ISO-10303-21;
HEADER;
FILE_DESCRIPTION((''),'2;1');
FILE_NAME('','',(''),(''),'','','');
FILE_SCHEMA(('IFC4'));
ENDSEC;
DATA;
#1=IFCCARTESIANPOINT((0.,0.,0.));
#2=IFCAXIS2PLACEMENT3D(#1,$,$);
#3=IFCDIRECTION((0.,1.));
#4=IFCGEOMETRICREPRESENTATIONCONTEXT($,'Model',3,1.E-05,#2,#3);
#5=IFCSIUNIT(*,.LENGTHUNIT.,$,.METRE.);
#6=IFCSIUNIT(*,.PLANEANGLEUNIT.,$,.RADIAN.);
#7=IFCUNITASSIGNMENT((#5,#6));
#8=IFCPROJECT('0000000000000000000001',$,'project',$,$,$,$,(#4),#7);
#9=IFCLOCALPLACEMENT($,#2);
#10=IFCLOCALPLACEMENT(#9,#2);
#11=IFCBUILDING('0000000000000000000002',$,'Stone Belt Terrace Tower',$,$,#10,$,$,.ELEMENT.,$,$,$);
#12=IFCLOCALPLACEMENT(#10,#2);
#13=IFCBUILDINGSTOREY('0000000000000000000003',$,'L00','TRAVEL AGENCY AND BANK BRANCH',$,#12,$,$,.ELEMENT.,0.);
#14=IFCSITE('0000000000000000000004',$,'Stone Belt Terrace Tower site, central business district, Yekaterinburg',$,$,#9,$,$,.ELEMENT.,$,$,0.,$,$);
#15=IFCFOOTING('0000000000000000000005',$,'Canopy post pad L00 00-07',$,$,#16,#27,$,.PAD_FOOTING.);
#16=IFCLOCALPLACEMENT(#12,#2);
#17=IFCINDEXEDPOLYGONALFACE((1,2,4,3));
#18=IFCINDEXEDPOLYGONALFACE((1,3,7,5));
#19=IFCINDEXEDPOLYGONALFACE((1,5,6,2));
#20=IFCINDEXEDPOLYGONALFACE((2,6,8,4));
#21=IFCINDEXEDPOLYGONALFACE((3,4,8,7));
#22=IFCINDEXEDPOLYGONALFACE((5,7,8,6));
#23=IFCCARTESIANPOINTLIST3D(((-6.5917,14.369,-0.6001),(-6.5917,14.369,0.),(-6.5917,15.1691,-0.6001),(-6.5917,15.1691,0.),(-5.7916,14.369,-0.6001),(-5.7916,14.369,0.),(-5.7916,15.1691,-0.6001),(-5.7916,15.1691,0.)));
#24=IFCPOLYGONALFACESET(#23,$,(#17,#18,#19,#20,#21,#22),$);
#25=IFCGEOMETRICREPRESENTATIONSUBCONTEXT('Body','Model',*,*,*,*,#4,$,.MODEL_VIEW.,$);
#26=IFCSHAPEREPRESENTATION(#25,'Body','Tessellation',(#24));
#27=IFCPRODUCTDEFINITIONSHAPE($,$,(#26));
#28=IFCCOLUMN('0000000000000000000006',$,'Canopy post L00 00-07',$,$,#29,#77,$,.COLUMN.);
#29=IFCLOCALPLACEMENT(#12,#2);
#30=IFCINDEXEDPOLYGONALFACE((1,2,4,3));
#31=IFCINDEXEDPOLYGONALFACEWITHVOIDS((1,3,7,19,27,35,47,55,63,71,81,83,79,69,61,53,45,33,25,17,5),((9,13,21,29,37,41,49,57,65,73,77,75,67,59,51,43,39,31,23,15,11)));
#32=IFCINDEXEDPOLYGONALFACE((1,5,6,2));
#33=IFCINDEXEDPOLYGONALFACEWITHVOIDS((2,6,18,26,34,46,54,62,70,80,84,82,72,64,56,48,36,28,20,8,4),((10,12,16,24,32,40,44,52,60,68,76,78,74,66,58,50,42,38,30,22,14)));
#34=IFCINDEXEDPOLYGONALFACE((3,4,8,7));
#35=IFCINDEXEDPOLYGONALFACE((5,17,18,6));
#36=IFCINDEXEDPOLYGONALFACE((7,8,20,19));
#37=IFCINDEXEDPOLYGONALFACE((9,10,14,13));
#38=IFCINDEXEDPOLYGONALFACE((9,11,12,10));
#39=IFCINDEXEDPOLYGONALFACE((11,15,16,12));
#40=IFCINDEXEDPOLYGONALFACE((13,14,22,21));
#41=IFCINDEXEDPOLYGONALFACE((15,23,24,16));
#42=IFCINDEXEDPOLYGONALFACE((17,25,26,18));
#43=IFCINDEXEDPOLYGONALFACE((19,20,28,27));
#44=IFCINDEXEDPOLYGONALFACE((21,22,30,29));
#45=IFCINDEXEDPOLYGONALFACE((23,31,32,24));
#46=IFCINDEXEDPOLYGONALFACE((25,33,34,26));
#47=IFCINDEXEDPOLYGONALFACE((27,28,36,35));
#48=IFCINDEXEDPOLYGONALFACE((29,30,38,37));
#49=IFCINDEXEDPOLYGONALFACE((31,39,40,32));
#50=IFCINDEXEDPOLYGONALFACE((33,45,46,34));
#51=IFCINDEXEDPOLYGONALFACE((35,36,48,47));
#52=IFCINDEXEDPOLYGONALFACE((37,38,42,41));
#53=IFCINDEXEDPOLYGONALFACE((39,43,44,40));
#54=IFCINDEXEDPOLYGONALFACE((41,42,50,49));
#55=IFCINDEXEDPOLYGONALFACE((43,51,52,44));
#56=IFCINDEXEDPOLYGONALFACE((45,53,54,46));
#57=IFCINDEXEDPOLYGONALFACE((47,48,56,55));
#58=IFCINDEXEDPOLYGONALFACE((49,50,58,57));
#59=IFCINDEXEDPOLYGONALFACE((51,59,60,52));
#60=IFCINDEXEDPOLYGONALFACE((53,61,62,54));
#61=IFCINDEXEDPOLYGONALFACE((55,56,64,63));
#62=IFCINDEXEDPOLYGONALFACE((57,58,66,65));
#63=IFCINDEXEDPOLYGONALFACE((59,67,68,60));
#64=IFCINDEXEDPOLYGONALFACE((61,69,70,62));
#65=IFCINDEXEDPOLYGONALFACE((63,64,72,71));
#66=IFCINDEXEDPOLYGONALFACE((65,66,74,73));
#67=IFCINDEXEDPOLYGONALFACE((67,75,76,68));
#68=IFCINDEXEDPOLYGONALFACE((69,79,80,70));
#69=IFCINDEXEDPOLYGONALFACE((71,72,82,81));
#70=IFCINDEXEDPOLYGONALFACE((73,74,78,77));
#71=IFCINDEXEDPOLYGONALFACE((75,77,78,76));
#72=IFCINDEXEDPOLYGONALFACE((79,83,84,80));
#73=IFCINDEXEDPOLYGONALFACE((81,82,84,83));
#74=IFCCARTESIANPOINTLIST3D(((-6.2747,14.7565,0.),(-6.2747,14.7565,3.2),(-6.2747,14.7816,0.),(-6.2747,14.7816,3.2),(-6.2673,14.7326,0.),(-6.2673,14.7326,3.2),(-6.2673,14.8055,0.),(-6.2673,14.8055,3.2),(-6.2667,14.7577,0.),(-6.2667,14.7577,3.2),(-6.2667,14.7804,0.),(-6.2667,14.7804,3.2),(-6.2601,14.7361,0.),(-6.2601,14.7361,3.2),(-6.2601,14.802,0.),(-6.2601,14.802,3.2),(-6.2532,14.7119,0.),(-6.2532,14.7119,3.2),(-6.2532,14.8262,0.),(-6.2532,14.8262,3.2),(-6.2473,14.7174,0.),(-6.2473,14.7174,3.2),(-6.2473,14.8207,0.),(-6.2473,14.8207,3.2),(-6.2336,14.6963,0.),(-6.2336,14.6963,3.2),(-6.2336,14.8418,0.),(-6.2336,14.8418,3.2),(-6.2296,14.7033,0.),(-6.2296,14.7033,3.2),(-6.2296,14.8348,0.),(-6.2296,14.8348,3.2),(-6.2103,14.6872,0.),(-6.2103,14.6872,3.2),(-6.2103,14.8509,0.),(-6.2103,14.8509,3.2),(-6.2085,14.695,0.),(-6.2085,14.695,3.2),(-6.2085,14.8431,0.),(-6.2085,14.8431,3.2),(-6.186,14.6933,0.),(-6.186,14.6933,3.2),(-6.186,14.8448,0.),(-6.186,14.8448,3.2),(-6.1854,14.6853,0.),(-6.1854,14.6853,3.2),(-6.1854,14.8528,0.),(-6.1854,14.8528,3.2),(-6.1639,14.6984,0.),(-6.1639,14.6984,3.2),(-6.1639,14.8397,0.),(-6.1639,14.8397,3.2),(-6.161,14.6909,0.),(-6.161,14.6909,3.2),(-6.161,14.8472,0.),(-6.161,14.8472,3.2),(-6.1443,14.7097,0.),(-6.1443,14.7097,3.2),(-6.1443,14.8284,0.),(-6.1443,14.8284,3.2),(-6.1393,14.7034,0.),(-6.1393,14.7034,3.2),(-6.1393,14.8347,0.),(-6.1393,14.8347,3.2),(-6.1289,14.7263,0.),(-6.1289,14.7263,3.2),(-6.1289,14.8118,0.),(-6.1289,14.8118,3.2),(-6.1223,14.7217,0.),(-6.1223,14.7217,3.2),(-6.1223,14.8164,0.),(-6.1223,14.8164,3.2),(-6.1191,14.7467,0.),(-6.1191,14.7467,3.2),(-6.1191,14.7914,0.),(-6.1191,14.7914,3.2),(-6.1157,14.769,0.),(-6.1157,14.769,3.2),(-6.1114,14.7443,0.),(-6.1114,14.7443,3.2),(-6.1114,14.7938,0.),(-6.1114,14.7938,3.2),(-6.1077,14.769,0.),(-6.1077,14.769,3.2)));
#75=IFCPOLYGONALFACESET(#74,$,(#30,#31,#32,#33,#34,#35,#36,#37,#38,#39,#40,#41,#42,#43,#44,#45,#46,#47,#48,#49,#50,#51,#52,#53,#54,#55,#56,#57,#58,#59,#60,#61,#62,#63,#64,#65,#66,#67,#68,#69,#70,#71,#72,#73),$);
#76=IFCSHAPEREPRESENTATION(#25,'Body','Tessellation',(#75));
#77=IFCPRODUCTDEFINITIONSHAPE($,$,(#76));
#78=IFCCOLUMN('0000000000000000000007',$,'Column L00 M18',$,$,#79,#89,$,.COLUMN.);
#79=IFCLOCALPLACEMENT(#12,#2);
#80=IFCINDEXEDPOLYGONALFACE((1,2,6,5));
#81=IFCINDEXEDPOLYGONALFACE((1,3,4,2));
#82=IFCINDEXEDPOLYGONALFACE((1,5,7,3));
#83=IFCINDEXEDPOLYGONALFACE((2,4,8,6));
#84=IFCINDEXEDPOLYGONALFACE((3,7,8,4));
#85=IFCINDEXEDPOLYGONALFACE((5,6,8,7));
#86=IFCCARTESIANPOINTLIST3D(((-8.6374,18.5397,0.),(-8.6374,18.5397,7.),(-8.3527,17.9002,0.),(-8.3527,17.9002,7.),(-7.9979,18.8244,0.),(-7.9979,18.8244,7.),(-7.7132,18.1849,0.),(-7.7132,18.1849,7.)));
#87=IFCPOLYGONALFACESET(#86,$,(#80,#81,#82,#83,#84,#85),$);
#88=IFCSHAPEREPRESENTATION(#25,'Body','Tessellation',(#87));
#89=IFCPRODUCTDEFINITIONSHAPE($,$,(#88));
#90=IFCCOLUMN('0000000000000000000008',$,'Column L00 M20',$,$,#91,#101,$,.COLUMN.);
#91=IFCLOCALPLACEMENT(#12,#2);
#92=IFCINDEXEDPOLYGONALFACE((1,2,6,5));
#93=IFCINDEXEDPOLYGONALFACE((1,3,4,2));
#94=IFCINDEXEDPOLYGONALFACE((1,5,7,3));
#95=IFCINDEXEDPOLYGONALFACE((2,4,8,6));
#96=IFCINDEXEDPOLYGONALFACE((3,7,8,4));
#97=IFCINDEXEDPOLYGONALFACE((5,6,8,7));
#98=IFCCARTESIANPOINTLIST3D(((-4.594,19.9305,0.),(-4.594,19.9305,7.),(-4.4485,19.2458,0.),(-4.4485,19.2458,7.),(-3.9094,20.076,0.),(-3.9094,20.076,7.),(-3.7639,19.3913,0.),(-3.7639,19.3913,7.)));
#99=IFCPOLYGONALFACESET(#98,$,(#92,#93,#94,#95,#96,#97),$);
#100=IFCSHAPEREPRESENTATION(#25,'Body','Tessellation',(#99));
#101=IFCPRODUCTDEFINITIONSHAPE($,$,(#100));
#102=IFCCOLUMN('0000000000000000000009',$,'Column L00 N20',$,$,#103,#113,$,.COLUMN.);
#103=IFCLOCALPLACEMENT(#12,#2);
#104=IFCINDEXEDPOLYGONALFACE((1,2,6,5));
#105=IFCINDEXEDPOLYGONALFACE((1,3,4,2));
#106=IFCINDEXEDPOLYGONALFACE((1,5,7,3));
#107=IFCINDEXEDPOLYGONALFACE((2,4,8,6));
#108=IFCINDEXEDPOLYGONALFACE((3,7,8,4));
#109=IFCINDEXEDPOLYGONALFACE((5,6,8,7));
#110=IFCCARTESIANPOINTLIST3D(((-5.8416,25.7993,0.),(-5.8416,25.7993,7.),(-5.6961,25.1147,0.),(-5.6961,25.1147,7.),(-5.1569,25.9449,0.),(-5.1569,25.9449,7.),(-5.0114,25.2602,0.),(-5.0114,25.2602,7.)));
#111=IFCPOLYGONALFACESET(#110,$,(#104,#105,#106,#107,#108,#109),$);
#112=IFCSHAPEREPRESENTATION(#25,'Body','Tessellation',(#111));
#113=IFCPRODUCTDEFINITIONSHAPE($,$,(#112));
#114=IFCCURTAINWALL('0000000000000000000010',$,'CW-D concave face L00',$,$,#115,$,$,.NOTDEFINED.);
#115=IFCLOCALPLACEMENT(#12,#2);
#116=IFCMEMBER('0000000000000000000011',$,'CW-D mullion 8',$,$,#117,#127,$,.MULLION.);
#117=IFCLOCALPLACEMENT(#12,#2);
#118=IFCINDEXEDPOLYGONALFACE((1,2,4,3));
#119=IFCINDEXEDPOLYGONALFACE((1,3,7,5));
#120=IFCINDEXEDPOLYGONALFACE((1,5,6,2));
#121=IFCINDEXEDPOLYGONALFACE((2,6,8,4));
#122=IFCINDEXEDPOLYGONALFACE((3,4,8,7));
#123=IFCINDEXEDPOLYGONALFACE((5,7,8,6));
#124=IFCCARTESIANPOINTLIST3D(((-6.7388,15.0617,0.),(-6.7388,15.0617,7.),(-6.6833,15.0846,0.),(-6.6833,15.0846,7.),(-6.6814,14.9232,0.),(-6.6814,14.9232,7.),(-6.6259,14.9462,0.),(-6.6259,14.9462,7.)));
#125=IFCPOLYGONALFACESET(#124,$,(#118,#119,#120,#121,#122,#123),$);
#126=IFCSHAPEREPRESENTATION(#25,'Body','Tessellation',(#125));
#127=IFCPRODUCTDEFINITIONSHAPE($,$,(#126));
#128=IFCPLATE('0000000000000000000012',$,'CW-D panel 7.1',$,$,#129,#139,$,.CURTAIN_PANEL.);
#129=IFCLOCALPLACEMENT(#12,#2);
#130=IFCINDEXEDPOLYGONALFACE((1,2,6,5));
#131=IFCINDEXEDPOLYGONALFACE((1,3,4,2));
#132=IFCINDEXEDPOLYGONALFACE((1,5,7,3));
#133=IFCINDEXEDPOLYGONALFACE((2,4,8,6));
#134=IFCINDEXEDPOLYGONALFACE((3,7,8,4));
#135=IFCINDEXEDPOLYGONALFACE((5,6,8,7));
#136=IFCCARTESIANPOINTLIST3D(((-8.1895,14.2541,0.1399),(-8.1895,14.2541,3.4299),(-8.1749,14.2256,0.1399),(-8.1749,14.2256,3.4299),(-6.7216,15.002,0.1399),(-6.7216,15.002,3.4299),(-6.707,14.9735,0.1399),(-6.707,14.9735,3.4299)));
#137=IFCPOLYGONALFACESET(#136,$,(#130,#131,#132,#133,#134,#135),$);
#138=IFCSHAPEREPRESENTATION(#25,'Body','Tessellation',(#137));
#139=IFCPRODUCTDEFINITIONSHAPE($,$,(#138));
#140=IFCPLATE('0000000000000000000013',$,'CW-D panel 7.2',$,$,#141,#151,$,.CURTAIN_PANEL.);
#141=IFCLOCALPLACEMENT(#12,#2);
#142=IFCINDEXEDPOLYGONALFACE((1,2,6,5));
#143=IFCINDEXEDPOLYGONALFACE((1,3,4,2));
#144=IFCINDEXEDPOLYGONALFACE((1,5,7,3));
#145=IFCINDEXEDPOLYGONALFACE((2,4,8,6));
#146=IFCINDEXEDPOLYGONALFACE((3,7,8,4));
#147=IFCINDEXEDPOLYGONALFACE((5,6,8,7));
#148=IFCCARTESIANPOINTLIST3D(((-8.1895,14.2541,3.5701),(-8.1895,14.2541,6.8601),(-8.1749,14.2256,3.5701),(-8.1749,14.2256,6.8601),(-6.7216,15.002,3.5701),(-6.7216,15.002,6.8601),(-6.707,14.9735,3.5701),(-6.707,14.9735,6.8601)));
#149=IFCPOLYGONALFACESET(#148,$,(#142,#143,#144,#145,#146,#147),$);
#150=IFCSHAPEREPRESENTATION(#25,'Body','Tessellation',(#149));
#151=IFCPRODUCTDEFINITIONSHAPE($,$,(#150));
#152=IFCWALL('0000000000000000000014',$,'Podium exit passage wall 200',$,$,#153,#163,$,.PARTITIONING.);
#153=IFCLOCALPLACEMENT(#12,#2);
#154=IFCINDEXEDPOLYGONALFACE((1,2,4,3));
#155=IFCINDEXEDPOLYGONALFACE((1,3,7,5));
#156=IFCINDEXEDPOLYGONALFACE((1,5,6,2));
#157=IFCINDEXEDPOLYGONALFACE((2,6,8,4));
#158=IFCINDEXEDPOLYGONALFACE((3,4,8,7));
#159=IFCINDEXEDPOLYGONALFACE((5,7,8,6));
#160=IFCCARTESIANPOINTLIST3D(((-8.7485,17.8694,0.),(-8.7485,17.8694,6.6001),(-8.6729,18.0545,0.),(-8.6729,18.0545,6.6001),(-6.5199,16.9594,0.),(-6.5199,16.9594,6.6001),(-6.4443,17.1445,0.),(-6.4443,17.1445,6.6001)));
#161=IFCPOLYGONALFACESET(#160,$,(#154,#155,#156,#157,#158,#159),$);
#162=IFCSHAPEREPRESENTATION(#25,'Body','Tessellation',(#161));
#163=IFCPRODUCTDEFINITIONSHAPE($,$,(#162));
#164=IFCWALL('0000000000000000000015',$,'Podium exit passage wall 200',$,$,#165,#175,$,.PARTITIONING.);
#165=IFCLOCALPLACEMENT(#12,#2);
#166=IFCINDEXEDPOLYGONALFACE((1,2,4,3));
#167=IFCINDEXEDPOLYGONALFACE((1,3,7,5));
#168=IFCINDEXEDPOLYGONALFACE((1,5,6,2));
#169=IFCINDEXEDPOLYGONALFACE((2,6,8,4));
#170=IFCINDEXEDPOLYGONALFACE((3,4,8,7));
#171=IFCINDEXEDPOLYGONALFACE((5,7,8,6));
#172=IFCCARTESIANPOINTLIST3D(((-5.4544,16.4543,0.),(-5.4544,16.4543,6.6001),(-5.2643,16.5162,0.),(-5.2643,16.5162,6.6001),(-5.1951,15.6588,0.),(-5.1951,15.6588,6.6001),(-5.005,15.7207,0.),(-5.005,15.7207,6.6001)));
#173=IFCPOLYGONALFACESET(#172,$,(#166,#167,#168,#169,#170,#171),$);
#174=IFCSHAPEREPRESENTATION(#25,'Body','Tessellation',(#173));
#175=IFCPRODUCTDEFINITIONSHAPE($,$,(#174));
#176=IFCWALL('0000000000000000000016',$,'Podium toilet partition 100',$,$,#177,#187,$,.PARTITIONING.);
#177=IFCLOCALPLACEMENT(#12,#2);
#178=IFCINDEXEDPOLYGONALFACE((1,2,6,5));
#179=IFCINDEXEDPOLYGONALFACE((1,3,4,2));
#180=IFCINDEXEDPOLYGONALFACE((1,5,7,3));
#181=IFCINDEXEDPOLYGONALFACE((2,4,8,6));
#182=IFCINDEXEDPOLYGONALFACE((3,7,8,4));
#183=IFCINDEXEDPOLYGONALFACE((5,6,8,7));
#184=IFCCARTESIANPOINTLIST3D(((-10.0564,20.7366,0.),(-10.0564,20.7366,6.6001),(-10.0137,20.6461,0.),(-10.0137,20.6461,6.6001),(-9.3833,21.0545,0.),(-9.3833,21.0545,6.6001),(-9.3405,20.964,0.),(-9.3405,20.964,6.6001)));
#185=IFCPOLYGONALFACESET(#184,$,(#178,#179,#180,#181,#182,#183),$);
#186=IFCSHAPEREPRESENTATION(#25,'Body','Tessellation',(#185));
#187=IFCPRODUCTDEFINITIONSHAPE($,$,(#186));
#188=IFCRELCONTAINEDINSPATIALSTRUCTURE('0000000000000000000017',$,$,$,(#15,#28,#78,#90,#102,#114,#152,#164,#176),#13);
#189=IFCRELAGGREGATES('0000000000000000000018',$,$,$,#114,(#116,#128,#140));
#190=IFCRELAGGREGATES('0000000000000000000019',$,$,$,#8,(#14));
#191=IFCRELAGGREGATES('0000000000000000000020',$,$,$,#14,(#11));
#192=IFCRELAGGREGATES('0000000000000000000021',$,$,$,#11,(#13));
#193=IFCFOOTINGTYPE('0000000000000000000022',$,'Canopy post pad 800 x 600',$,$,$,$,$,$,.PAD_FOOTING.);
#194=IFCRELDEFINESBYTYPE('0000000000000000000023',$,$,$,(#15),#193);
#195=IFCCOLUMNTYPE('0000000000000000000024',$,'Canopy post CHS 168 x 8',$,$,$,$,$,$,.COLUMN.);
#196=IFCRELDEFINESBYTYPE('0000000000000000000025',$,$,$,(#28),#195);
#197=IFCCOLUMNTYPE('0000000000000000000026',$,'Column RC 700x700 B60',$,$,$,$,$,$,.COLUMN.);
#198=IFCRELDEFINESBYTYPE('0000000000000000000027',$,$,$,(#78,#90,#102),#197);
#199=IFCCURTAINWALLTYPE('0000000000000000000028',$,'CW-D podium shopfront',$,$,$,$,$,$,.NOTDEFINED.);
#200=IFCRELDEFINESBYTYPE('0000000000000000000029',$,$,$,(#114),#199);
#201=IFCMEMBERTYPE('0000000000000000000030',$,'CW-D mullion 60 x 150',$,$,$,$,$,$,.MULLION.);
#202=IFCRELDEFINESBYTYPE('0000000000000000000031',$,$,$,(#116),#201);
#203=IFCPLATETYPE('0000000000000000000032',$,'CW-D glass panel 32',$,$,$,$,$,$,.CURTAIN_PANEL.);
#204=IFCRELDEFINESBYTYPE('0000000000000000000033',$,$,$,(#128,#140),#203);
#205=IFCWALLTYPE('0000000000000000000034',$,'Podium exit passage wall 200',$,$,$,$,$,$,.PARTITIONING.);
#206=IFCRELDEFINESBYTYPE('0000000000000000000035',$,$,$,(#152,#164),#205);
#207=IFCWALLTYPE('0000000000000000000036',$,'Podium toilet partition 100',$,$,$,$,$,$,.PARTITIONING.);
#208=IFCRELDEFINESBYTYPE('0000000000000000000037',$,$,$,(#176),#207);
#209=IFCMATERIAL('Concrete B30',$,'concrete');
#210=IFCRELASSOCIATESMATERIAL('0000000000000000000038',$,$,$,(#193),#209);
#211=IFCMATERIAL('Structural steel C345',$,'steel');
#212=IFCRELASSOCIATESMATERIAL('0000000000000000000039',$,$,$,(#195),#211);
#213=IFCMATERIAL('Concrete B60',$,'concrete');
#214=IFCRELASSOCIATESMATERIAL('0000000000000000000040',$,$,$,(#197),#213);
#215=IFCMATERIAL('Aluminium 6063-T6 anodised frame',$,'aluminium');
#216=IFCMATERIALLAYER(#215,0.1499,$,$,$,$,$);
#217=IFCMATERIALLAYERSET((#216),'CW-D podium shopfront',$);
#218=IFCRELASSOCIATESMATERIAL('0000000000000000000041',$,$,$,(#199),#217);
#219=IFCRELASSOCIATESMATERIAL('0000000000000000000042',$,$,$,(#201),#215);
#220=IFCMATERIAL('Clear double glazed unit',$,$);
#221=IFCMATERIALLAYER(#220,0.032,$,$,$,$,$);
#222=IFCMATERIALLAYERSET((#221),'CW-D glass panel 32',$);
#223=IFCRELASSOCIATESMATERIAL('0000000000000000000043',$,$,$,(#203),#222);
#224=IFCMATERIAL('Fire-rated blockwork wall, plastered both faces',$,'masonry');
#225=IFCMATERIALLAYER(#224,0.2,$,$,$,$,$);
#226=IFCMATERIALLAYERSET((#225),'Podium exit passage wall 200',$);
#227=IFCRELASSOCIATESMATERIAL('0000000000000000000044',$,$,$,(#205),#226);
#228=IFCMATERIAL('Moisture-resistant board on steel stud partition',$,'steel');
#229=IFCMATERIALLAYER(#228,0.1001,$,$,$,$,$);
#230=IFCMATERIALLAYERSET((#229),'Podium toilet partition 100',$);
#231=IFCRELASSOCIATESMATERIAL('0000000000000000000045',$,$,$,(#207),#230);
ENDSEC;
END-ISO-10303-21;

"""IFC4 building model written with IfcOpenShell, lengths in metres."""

from ifc_helpers import new_model, si_unit, direction, frame, frame_2d, origin, origin_2d, place, context, subcontext, project, spatial, rectangle, hollow_circle, extrude, material, layer, layer_set, material_profile, profile_set, type_object, element, aggregate, save


model = new_model("IFC4")

# Units and contexts
model_context = context("Model", 3, precision=1e-05, world=origin(), true_north=direction((0.0, 1.0)))
body_context = subcontext(model_context, "Body", "Model", "MODEL_VIEW")
ifc_project = project(units=[si_unit("LENGTHUNIT", "METRE"), si_unit("PLANEANGLEUNIT", "RADIAN")], contexts=[model_context])

# Site, building, storey
site_placement = place(None, origin())
site = spatial("IfcSite", under=ifc_project, at=site_placement, Name="Stone Belt Terrace Tower site, central business district, Yekaterinburg", CompositionType="ELEMENT", RefElevation=0.0)
building_placement = place(site_placement, origin())
building = spatial("IfcBuilding", under=site, at=building_placement, Name="Stone Belt Terrace Tower", CompositionType="ELEMENT")
storey_placement = place(building_placement, origin())
storey = spatial("IfcBuildingStorey", under=building, at=storey_placement, Name="L00", Description="TRAVEL AGENCY AND BANK BRANCH", CompositionType="ELEMENT", Elevation=0.0)

# Footing
ifc_material_1 = material(Name="Concrete B30", Category="concrete")
footing_type = type_object("IfcFootingType", Name="Canopy post pad 800 x 600", PredefinedType="PAD_FOOTING", material=ifc_material_1)
footing_placement = place(storey_placement, frame((-6.1917, 14.769, -0.6001), z_axis=(0.0, 0.0, 1.0), x_axis=(1.0, 0.0, 0.0)))
element("IfcFooting", 1, at=footing_placement, inside=storey, type_object=footing_type, Name="Canopy post pad L00 00-07", PredefinedType="PAD_FOOTING", context=body_context, shape_type="SweptSolid", body=[
    extrude(rectangle(XDim=0.8, YDim=0.8, at=origin_2d()), origin(), (0.0, 0.0, 1.0), 0.6001),
])

# Columns
ifc_material_2 = material(Name="Structural steel C345", Category="steel")
ifc_material_profile_1 = material_profile(ifc_material_2, hollow_circle(Radius=0.084, WallThickness=0.0081, at=origin_2d()), Name="Structural steel C345 CHS 168x8")
ifc_profile_set_1 = profile_set([ifc_material_profile_1], Name="Structural steel C345")
column_type_1 = type_object("IfcColumnType", Name="Canopy post CHS 168 x 8", PredefinedType="COLUMN", material=ifc_profile_set_1)
column_placement = place(storey_placement, frame((-6.1917, 14.769, 0.0), z_axis=(0.0, 0.0, 1.0), x_axis=(1.0, 0.0, 0.0)))
element("IfcColumn", 2, at=column_placement, inside=storey, type_object=column_type_1, Name="Canopy post L00 00-07", PredefinedType="COLUMN", context=body_context, shape_type="SweptSolid", body=[
    extrude(hollow_circle(Radius=0.084, WallThickness=0.0081, at=origin_2d()), origin(), (0.0, 0.0, 1.0), 3.2),
])
ifc_material_3 = material(Name="Concrete B60", Category="concrete")
ifc_material_profile_2 = material_profile(ifc_material_3, rectangle(XDim=0.7, YDim=0.7, at=origin_2d()), Name="RC 700x700")
ifc_profile_set_2 = profile_set([ifc_material_profile_2], Name="Concrete B60")
column_type_2 = type_object("IfcColumnType", Name="Column RC 700x700 B60", PredefinedType="COLUMN", material=ifc_profile_set_2)
for number, where, z_axis, x_axis, name in (
    (3, (-8.1753, 18.3623, 0.0), (0.0, 0.0, 1.0), (0.913545, 0.406737, 0.0), "Column L00 M18"),
    (4, (-4.179, 19.6609, 0.0), (0.0, 0.0, 1.0), (0.978148, 0.207912, 0.0), "Column L00 M20"),
    (5, (-5.4265, 25.5298, 0.0), (0.0, 0.0, 1.0), (0.978148, 0.207912, 0.0), "Column L00 N20"),
):
    element("IfcColumn", number, at=place(storey_placement, frame(where, z_axis=z_axis, x_axis=x_axis)), inside=storey, type_object=column_type_2, Name=name, PredefinedType="COLUMN", context=body_context, shape_type="SweptSolid", body=[
        extrude(rectangle(XDim=0.7, YDim=0.7, at=origin_2d()), origin(), (0.0, 0.0, 1.0), 7.0),
    ])

# Curtain wall, member, plates
ifc_material_4 = material(Name="Aluminium 6063-T6 anodised frame", Category="aluminium")
ifc_layer_1 = layer(ifc_material_4, 0.1499)
ifc_layer_set_1 = layer_set([ifc_layer_1], Name="CW-D podium shopfront")
curtain_wall_type = type_object("IfcCurtainWallType", Name="CW-D podium shopfront", PredefinedType="NOTDEFINED", material=ifc_layer_set_1)
curtain_wall_placement = place(storey_placement, origin())
curtain_wall = element("IfcCurtainWall", 6, at=curtain_wall_placement, inside=storey, type_object=curtain_wall_type, Name="CW-D concave face L00", PredefinedType="NOTDEFINED")
ifc_material_profile_3 = material_profile(ifc_material_4, rectangle(XDim=0.1499, YDim=0.0601, at=origin_2d()), Name="Aluminium 6063-T6 60x150")
ifc_profile_set_3 = profile_set([ifc_material_profile_3], Name="Aluminium 6063-T6 anodised frame")
member_type = type_object("IfcMemberType", Name="CW-D mullion 60 x 150", PredefinedType="MULLION", material=ifc_profile_set_3)
member_placement = place(storey_placement, frame((-6.6824, 15.0039, 0.0), z_axis=(0.0, 0.0, 1.0), x_axis=(-0.382683, 0.92388, 0.0)))
member = element("IfcMember", 7, at=member_placement, type_object=member_type, Name="CW-D mullion 8", PredefinedType="MULLION", context=body_context, shape_type="SweptSolid", body=[
    extrude(rectangle(XDim=0.1499, YDim=0.0601, at=origin_2d()), origin(), (0.0, 0.0, 1.0), 7.0),
])
ifc_material_5 = material(Name="Clear double glazed unit")
ifc_layer_2 = layer(ifc_material_5, 0.032)
ifc_layer_set_2 = layer_set([ifc_layer_2], Name="CW-D glass panel 32")
plate_type = type_object("IfcPlateType", Name="CW-D glass panel 32", PredefinedType="CURTAIN_PANEL", material=ifc_layer_set_2)
plate_1_placement = place(storey_placement, frame((-7.4482, 14.6138, 0.1399), z_axis=(0.0, 0.0, 1.0), x_axis=(0.891007, 0.45399, 0.0)))
plate_1 = element("IfcPlate", 8, at=plate_1_placement, type_object=plate_type, Name="CW-D panel 7.1", PredefinedType="CURTAIN_PANEL", context=body_context, shape_type="SweptSolid", body=[
    extrude(rectangle(XDim=1.6475, YDim=0.032, at=origin_2d()), origin(), (0.0, 0.0, 1.0), 3.29),
])
plate_2_placement = place(storey_placement, frame((-7.4482, 14.6138, 3.5701), z_axis=(0.0, 0.0, 1.0), x_axis=(0.891007, 0.45399, 0.0)))
plate_2 = element("IfcPlate", 9, at=plate_2_placement, type_object=plate_type, Name="CW-D panel 7.2", PredefinedType="CURTAIN_PANEL", context=body_context, shape_type="SweptSolid", body=[
    extrude(rectangle(XDim=1.6475, YDim=0.032, at=origin_2d()), origin(), (0.0, 0.0, 1.0), 3.29),
])
aggregate(curtain_wall, [member, plate_1, plate_2])

# Walls
ifc_material_6 = material(Name="Fire-rated blockwork wall, plastered both faces", Category="masonry")
ifc_layer_3 = layer(ifc_material_6, 0.2)
ifc_layer_set_3 = layer_set([ifc_layer_3], Name="Podium exit passage wall 200")
wall_type_1 = type_object("IfcWallType", Name="Podium exit passage wall 200", PredefinedType="PARTITIONING", material=ifc_layer_set_3)
wall_1_placement = place(storey_placement, frame((-8.7107, 17.9619, 0.0), z_axis=(0.0, 0.0, 1.0), x_axis=(0.925802, -0.378009, 0.0)))
element("IfcWall", 10, at=wall_1_placement, inside=storey, type_object=wall_type_1, Name="Podium exit passage wall 200", PredefinedType="PARTITIONING", context=body_context, shape_type="SweptSolid", body=[
    extrude(rectangle(XDim=2.4072, YDim=0.2, at=frame_2d((1.2036, 0.0))), origin(), (0.0, 0.0, 1.0), 6.6001),
])
wall_2_placement = place(storey_placement, frame((-5.3594, 16.4854, 0.0), z_axis=(0.0, 0.0, 1.0), x_axis=(0.309917, -0.950763, 0.0)))
element("IfcWall", 11, at=wall_2_placement, inside=storey, type_object=wall_type_1, Name="Podium exit passage wall 200", PredefinedType="PARTITIONING", context=body_context, shape_type="SweptSolid", body=[
    extrude(rectangle(XDim=0.8367, YDim=0.2, at=frame_2d((0.4185, 0.0))), origin(), (0.0, 0.0, 1.0), 6.6001),
])
ifc_material_7 = material(Name="Moisture-resistant board on steel stud partition", Category="steel")
ifc_layer_4 = layer(ifc_material_7, 0.1001)
ifc_layer_set_4 = layer_set([ifc_layer_4], Name="Podium toilet partition 100")
wall_type_2 = type_object("IfcWallType", Name="Podium toilet partition 100", PredefinedType="PARTITIONING", material=ifc_layer_set_4)
wall_3_placement = place(storey_placement, frame((-10.0349, 20.6914, 0.0), z_axis=(0.0, 0.0, 1.0), x_axis=(0.904238, 0.427029, 0.0)))
element("IfcWall", 12, at=wall_3_placement, inside=storey, type_object=wall_type_2, Name="Podium toilet partition 100", PredefinedType="PARTITIONING", context=body_context, shape_type="SweptSolid", body=[
    extrude(rectangle(XDim=0.7444, YDim=0.1001, at=frame_2d((0.3721, 0.0))), origin(), (0.0, 0.0, 1.0), 6.6001),
])

save(model, "model.ifc")
